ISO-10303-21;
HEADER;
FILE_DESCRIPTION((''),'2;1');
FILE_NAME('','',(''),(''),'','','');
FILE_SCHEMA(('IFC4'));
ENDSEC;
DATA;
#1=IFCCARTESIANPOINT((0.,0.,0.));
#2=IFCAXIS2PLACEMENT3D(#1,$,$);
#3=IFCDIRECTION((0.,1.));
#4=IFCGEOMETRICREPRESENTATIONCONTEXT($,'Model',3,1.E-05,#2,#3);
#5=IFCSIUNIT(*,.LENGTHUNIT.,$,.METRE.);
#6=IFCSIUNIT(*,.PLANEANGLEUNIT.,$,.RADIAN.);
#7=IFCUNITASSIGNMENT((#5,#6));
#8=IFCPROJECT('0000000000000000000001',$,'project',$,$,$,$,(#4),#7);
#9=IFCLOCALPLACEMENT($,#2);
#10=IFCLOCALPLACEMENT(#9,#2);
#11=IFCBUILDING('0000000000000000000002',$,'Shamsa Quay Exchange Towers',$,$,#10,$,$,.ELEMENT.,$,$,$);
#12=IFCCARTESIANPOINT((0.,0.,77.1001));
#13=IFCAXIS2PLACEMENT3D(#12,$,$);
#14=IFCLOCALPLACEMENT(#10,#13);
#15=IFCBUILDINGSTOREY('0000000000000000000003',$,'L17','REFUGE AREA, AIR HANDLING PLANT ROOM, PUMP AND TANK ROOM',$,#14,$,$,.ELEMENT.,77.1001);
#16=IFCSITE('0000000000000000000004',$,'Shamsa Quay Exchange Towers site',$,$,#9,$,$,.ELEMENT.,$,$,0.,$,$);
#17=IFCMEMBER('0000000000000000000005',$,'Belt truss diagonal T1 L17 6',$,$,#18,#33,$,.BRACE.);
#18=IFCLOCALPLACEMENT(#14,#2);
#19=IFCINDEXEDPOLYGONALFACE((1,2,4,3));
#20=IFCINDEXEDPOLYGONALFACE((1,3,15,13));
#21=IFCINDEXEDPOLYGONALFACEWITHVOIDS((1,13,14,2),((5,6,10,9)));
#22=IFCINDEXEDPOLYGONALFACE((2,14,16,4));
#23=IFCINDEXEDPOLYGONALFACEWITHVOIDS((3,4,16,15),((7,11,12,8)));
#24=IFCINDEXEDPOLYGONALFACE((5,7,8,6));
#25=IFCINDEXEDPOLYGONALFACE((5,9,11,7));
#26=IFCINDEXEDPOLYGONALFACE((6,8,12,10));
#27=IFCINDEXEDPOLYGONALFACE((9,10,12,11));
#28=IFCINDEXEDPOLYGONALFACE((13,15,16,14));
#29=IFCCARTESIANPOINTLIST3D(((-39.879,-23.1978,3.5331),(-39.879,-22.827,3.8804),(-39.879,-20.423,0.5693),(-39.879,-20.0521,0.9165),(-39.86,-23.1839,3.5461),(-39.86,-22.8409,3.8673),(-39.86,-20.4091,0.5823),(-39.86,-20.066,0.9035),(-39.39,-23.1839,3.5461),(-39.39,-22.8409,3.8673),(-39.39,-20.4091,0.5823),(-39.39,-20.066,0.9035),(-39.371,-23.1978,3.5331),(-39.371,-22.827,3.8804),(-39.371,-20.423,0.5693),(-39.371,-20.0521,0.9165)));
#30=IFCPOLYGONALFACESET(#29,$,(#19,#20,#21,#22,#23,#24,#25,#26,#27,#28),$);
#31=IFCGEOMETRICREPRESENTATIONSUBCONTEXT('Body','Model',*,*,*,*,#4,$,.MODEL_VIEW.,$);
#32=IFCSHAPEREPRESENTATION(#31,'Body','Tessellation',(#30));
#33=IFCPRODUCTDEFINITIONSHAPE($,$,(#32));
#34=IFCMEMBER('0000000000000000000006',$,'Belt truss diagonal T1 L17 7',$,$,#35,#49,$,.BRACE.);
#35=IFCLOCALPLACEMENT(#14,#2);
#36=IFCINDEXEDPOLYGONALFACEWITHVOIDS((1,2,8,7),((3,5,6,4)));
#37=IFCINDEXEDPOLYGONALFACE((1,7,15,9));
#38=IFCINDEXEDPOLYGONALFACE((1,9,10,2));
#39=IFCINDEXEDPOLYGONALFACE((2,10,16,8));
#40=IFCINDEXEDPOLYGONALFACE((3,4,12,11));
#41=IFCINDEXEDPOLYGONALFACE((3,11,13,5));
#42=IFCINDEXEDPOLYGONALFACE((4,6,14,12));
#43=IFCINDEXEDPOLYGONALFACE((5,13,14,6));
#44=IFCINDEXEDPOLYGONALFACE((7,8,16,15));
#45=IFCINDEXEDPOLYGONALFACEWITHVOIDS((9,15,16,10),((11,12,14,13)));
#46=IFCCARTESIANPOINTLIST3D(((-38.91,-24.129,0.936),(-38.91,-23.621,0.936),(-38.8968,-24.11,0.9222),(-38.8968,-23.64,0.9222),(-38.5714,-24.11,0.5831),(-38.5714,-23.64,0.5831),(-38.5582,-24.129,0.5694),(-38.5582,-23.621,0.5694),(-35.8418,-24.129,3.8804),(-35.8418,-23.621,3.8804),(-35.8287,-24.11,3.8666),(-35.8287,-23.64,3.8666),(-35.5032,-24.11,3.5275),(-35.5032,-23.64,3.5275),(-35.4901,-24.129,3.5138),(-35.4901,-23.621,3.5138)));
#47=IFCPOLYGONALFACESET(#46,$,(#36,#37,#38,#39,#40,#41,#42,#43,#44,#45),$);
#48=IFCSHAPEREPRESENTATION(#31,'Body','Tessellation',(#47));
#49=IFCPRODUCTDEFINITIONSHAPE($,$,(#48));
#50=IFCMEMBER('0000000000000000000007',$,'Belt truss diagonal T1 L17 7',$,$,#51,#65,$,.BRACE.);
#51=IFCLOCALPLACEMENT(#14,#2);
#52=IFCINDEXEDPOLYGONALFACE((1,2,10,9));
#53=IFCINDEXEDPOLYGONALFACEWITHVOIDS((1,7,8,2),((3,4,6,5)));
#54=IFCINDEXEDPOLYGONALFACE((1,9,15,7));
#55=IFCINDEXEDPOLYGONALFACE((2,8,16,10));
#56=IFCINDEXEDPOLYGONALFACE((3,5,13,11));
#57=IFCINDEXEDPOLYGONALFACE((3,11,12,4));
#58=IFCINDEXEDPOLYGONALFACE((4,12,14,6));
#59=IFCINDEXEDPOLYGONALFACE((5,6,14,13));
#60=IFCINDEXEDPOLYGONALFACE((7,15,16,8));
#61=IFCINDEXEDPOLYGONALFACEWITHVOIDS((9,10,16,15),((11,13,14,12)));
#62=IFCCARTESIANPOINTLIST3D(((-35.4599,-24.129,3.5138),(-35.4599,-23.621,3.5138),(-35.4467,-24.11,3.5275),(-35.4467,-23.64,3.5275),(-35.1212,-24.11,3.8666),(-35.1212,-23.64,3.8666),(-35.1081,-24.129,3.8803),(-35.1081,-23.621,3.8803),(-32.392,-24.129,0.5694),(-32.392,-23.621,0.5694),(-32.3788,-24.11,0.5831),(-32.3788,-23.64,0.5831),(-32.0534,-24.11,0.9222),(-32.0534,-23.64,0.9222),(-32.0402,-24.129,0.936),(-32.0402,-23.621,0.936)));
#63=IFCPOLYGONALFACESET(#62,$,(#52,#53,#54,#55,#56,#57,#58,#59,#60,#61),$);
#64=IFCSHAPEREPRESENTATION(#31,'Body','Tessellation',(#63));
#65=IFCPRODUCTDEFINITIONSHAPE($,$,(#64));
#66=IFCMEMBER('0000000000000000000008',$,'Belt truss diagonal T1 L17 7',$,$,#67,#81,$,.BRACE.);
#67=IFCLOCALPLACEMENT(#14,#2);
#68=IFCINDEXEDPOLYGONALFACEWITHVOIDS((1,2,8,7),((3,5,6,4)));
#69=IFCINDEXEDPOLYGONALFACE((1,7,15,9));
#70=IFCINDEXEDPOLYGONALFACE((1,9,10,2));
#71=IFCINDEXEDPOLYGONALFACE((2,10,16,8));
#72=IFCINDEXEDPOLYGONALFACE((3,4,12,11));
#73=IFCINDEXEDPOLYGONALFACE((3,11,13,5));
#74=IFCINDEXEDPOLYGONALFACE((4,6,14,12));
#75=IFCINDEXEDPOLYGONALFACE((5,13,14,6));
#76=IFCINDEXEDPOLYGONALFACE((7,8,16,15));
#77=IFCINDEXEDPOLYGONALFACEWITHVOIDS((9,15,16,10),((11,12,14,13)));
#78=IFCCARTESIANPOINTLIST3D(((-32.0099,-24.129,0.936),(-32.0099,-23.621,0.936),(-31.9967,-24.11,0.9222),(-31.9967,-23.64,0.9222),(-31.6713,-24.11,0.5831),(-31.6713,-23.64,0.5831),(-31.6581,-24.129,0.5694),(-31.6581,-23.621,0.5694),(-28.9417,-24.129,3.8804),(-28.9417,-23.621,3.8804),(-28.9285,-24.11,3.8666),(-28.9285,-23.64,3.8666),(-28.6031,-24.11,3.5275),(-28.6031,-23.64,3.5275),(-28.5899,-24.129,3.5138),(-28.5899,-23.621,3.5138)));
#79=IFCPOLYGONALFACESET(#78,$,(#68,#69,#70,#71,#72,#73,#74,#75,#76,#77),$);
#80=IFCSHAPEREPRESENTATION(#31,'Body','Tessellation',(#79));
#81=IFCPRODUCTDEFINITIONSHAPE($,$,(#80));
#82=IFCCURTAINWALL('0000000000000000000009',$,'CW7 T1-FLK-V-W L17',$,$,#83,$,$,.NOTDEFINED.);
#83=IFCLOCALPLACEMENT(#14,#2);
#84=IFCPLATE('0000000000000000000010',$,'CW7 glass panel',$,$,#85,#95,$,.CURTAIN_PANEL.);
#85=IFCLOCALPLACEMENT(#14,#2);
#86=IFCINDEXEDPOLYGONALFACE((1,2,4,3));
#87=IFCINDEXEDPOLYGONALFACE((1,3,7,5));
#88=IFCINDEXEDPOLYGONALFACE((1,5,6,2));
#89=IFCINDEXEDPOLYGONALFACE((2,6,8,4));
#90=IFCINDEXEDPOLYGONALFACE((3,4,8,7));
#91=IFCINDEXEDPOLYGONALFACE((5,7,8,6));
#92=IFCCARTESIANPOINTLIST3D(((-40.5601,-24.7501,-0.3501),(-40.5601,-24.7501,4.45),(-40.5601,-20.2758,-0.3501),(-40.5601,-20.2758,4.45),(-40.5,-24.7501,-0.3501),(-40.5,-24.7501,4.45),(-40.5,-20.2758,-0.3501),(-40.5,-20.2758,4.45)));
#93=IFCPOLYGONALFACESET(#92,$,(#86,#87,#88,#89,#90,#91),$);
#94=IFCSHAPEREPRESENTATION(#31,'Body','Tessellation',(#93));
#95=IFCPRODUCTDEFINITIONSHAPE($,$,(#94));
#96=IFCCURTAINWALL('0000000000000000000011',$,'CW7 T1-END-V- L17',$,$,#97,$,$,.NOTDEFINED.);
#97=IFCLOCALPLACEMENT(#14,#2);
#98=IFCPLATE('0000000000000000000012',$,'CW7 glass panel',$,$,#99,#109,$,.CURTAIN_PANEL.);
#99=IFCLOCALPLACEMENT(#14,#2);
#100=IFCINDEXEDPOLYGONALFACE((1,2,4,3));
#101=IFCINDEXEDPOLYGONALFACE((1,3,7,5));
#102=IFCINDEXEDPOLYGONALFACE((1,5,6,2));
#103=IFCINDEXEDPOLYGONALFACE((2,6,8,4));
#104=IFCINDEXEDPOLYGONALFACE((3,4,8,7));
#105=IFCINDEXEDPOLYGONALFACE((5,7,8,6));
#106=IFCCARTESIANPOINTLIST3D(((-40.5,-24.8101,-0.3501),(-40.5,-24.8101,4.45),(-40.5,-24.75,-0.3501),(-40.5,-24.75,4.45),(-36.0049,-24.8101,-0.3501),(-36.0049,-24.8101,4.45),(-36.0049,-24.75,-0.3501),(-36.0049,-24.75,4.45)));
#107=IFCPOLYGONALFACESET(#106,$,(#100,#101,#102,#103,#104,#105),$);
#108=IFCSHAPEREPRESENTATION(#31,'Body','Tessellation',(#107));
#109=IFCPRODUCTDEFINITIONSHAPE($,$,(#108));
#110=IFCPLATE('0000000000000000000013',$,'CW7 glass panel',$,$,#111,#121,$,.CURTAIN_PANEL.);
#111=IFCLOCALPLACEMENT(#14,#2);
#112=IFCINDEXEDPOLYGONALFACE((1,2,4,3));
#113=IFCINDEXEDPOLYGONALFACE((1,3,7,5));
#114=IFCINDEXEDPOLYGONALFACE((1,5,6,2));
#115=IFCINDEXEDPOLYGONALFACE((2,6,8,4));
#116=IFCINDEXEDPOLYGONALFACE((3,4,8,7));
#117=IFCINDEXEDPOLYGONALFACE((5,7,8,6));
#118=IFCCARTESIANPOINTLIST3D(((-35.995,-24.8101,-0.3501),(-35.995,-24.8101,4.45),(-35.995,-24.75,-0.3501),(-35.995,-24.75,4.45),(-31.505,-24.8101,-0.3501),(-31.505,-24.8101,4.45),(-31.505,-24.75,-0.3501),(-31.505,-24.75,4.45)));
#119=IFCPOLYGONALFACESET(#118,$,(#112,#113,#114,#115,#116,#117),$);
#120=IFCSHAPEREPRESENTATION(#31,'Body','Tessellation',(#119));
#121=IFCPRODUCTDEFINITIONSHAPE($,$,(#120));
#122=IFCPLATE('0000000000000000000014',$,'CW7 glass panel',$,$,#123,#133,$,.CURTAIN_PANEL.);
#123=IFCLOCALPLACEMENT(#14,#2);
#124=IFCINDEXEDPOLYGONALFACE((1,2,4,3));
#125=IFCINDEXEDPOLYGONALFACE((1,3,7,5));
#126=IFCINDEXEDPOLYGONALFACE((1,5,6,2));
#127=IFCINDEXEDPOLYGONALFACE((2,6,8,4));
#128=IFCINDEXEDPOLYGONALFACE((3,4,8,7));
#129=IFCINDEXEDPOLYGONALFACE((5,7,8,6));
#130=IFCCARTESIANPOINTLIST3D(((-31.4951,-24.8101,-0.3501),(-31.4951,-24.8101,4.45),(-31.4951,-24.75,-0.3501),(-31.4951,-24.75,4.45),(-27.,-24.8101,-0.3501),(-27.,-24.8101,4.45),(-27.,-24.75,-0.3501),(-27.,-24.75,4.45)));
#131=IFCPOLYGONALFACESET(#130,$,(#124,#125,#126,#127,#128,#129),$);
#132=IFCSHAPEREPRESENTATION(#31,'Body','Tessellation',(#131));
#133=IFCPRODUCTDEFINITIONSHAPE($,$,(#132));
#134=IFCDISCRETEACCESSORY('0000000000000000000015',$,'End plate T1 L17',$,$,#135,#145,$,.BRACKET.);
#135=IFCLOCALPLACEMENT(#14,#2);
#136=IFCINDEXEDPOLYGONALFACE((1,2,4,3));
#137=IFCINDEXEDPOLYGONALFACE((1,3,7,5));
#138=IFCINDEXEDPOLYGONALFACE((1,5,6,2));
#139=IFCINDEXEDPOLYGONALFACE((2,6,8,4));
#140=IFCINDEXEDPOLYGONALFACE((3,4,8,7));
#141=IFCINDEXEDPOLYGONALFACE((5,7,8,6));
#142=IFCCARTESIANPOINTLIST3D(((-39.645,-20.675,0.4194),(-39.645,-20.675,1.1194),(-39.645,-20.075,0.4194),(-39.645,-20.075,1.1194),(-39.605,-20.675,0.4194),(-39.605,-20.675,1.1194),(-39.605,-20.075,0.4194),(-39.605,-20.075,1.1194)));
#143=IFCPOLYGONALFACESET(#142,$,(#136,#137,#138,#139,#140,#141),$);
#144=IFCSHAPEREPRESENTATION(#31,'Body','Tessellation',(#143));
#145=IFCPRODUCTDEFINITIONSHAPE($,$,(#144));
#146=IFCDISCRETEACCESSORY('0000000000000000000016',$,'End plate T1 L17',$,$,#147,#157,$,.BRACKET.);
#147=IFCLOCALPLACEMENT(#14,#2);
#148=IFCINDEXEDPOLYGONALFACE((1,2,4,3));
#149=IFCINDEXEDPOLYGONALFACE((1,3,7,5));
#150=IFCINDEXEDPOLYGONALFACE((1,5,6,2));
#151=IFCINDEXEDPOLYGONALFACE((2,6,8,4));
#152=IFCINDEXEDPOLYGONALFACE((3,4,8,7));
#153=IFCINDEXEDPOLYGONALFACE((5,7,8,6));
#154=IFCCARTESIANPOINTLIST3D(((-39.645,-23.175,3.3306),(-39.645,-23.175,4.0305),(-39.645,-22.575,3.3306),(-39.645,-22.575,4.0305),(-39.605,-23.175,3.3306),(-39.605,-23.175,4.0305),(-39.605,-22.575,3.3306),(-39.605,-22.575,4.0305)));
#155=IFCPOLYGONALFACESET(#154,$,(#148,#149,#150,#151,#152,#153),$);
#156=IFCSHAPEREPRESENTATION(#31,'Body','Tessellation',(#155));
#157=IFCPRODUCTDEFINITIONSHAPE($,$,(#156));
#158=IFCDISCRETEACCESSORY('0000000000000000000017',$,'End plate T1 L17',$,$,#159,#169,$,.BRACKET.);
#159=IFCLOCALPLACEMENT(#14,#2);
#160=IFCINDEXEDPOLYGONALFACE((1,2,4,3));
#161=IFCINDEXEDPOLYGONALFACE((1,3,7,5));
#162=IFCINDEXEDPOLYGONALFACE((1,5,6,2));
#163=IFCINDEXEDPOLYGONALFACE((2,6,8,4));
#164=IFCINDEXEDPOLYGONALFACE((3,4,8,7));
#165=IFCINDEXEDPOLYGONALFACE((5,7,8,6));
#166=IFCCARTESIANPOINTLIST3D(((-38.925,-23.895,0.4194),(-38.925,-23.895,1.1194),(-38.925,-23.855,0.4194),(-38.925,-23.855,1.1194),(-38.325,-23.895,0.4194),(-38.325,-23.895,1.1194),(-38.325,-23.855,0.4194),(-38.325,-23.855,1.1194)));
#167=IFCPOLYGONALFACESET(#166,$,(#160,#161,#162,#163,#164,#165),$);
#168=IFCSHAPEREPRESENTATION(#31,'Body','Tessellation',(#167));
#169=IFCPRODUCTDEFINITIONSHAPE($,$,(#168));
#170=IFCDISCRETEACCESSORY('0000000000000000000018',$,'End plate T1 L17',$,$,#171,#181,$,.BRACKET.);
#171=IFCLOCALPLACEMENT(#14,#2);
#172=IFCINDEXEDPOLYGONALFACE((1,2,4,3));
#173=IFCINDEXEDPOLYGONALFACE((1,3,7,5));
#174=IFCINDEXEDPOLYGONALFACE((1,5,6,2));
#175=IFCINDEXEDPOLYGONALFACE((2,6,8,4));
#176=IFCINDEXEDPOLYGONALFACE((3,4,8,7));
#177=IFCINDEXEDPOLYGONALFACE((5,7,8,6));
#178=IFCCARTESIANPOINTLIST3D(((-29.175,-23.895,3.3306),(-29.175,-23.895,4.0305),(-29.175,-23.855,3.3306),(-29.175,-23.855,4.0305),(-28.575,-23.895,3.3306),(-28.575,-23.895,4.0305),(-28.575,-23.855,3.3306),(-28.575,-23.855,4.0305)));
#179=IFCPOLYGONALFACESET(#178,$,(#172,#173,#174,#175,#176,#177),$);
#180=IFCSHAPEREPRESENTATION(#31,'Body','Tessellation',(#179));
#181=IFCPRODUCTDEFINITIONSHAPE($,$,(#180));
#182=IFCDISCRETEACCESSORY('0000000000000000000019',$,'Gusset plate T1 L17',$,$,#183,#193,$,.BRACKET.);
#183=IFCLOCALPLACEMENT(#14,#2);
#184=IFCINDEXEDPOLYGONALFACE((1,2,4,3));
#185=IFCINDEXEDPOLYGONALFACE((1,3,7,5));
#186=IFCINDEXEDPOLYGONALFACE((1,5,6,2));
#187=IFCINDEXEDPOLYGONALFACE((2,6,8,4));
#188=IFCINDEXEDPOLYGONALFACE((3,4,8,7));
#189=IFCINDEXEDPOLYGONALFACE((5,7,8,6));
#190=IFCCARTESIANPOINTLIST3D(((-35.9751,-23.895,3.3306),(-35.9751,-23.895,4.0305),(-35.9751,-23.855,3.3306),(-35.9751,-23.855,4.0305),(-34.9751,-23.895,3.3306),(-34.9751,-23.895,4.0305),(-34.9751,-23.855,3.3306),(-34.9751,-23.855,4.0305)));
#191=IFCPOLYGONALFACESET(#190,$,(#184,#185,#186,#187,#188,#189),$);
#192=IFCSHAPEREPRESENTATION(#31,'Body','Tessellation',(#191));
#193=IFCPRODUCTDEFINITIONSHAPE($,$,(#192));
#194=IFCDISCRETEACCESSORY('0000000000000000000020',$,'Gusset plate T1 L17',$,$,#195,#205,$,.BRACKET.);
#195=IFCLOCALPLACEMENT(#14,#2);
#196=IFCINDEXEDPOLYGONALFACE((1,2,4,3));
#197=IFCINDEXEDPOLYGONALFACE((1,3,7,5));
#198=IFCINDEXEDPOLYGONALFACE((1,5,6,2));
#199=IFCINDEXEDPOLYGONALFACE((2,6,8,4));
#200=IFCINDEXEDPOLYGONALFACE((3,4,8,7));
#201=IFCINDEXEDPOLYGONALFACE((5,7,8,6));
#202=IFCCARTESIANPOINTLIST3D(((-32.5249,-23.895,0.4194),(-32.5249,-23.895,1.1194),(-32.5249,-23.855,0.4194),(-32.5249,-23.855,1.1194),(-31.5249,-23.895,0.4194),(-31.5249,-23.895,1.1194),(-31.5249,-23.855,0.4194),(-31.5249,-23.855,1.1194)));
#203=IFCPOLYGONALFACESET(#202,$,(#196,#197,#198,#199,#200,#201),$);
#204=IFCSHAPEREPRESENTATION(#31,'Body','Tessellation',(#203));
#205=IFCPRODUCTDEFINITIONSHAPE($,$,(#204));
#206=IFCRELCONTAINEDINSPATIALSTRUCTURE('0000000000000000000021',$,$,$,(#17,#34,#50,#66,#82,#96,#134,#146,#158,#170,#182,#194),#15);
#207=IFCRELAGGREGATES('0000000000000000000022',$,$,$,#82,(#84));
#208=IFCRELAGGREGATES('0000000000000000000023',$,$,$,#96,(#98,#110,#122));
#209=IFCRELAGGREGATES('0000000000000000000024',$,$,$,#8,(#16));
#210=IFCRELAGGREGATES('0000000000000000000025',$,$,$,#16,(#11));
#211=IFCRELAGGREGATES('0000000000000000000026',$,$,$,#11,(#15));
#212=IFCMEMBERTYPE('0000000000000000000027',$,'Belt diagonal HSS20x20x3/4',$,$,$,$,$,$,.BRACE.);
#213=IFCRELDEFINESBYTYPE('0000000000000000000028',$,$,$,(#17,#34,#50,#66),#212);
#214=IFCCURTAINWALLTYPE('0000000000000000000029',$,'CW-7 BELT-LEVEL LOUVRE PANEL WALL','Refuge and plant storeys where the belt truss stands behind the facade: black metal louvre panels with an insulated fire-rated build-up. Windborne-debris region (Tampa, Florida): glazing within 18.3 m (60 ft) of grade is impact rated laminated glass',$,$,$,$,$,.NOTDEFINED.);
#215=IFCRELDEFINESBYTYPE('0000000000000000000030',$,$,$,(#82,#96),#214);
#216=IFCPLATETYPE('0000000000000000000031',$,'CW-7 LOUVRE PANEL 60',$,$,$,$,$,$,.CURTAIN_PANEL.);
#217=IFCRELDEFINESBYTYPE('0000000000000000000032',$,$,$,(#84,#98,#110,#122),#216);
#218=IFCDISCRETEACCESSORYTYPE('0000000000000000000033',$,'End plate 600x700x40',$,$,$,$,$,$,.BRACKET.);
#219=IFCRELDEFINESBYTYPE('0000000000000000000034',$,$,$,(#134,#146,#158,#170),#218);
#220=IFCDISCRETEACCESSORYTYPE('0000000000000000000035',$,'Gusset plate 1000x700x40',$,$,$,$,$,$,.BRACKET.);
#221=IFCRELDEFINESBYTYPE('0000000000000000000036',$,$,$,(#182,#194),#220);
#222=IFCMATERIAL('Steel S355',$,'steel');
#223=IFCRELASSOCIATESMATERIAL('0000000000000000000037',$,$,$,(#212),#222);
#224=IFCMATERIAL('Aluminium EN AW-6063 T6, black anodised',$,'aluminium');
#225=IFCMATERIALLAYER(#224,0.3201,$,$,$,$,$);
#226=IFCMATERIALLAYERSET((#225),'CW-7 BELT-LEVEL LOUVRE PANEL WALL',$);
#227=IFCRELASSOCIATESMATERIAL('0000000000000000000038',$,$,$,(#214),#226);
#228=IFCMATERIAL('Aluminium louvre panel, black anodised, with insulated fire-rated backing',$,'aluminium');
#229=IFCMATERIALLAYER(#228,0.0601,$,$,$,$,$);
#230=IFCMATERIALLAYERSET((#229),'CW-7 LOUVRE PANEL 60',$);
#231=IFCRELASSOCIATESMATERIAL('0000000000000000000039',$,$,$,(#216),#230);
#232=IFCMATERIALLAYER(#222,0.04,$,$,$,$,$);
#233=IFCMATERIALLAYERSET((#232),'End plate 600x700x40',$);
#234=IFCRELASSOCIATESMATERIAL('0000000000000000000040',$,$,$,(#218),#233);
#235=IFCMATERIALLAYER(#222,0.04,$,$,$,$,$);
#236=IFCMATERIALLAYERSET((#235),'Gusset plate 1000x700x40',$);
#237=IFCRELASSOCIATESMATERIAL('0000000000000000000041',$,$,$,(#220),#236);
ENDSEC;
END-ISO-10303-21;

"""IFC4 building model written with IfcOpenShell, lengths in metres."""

from ifc_helpers import new_model, si_unit, direction, frame, origin, origin_2d, place, context, subcontext, project, spatial, rectangle, hollow_rectangle, extrude, material, layer, layer_set, material_profile, profile_set, type_object, element, aggregate, save


model = new_model("IFC4")

# Units and contexts
model_context = context("Model", 3, precision=1e-05, world=origin(), true_north=direction((0.0, 1.0)))
body_context = subcontext(model_context, "Body", "Model", "MODEL_VIEW")
ifc_project = project(units=[si_unit("LENGTHUNIT", "METRE"), si_unit("PLANEANGLEUNIT", "RADIAN")], contexts=[model_context])

# Site, building, storey
site_placement = place(None, origin())
site = spatial("IfcSite", under=ifc_project, at=site_placement, Name="Shamsa Quay Exchange Towers site", CompositionType="ELEMENT", RefElevation=0.0)
building_placement = place(site_placement, origin())
building = spatial("IfcBuilding", under=site, at=building_placement, Name="Shamsa Quay Exchange Towers", CompositionType="ELEMENT")
storey_placement = place(building_placement, frame((0.0, 0.0, 77.1001)))
storey = spatial("IfcBuildingStorey", under=building, at=storey_placement, Name="L17", Description="REFUGE AREA, AIR HANDLING PLANT ROOM, PUMP AND TANK ROOM", CompositionType="ELEMENT", Elevation=77.1001)

# Members
ifc_material_1 = material(Name="Steel S355", Category="steel")
ifc_material_profile_1 = material_profile(ifc_material_1, hollow_rectangle(XDim=0.5081, YDim=0.5081, WallThickness=0.019, at=origin_2d()), Name="HSS20x20x3/4")
ifc_profile_set_1 = profile_set([ifc_material_profile_1], Name="Steel S355")
member_type_1 = type_object("IfcMemberType", Name="Belt diagonal HSS20x20x3/4", PredefinedType="BRACE", material=ifc_profile_set_1)
member_1_placement = place(storey_placement, frame((-39.625, -20.2375, 0.7429), z_axis=(0.0, -0.683453, 0.729995), x_axis=(1.0, 0.0, 0.0)))
element("IfcMember", 1, at=member_1_placement, inside=storey, type_object=member_type_1, Name="Belt truss diagonal T1 L17 6", PredefinedType="BRACE", context=body_context, shape_type="SweptSolid", body=[
    extrude(hollow_rectangle(XDim=0.5081, YDim=0.5081, WallThickness=0.019, at=origin_2d()), origin(), (0.0, 0.0, 1.0), 4.0601),
])
member_2_placement = place(storey_placement, frame((-38.7341, -23.875, 0.7527), z_axis=(0.721511, 0.0, 0.692403), x_axis=(0.0, 1.0, 0.0)))
element("IfcMember", 2, at=member_2_placement, inside=storey, type_object=member_type_1, Name="Belt truss diagonal T1 L17 7", PredefinedType="BRACE", context=body_context, shape_type="SweptSolid", body=[
    extrude(hollow_rectangle(XDim=0.5081, YDim=0.5081, WallThickness=0.019, at=origin_2d()), origin(), (0.0, 0.0, 1.0), 4.2524),
])
member_3_placement = place(storey_placement, frame((-32.2161, -23.875, 0.7527), z_axis=(-0.721484, 0.0, 0.692431), x_axis=(0.0, -1.0, 0.0)))
element("IfcMember", 3, at=member_3_placement, inside=storey, type_object=member_type_1, Name="Belt truss diagonal T1 L17 7", PredefinedType="BRACE", context=body_context, shape_type="SweptSolid", body=[
    extrude(hollow_rectangle(XDim=0.5081, YDim=0.5081, WallThickness=0.019, at=origin_2d()), origin(), (0.0, 0.0, 1.0), 4.2522),
])
member_4_placement = place(storey_placement, frame((-31.834, -23.875, 0.7527), z_axis=(0.721511, 0.0, 0.692403), x_axis=(0.0, 1.0, 0.0)))
element("IfcMember", 4, at=member_4_placement, inside=storey, type_object=member_type_1, Name="Belt truss diagonal T1 L17 7", PredefinedType="BRACE", context=body_context, shape_type="SweptSolid", body=[
    extrude(hollow_rectangle(XDim=0.5081, YDim=0.5081, WallThickness=0.019, at=origin_2d()), origin(), (0.0, 0.0, 1.0), 4.2524),
])

# Curtain wall, plate
ifc_material_2 = material(Name="Aluminium EN AW-6063 T6, black anodised", Category="aluminium")
ifc_layer_1 = layer(ifc_material_2, 0.3201)
ifc_layer_set_1 = layer_set([ifc_layer_1], Name="CW-7 BELT-LEVEL LOUVRE PANEL WALL")
curtain_wall_type = type_object("IfcCurtainWallType", Name="CW-7 BELT-LEVEL LOUVRE PANEL WALL", Description="Refuge and plant storeys where the belt truss stands behind the facade: black metal louvre panels with an insulated fire-rated build-up. Windborne-debris region (Tampa, Florida): glazing within 18.3 m (60 ft) of grade is impact rated laminated glass", PredefinedType="NOTDEFINED", material=ifc_layer_set_1)
curtain_wall_1_placement = place(storey_placement, origin())
curtain_wall_1 = element("IfcCurtainWall", 5, at=curtain_wall_1_placement, inside=storey, type_object=curtain_wall_type, Name="CW7 T1-FLK-V-W L17", PredefinedType="NOTDEFINED")
ifc_material_3 = material(Name="Aluminium louvre panel, black anodised, with insulated fire-rated backing", Category="aluminium")
ifc_layer_2 = layer(ifc_material_3, 0.0601)
ifc_layer_set_2 = layer_set([ifc_layer_2], Name="CW-7 LOUVRE PANEL 60")
plate_type = type_object("IfcPlateType", Name="CW-7 LOUVRE PANEL 60", PredefinedType="CURTAIN_PANEL", material=ifc_layer_set_2)
plate_1_placement = place(storey_placement, frame((-40.53, -22.5129, -0.3501), z_axis=(0.0, 0.0, 1.0), x_axis=(0.0, -1.0, 0.0)))
plate_1 = element("IfcPlate", 6, at=plate_1_placement, type_object=plate_type, Name="CW7 glass panel", PredefinedType="CURTAIN_PANEL", context=body_context, shape_type="SweptSolid", body=[
    extrude(rectangle(XDim=4.4744, YDim=0.0601, at=origin_2d()), origin(), (0.0, 0.0, 1.0), 4.8),
])
aggregate(curtain_wall_1, [plate_1])

# Curtain wall, plates
curtain_wall_2_placement = place(storey_placement, origin())
curtain_wall_2 = element("IfcCurtainWall", 7, at=curtain_wall_2_placement, inside=storey, type_object=curtain_wall_type, Name="CW7 T1-END-V- L17", PredefinedType="NOTDEFINED")
plate_2_placement = place(storey_placement, frame((-38.2524, -24.78, -0.3501)))
plate_2 = element("IfcPlate", 8, at=plate_2_placement, type_object=plate_type, Name="CW7 glass panel", PredefinedType="CURTAIN_PANEL", context=body_context, shape_type="SweptSolid", body=[
    extrude(rectangle(XDim=4.4951, YDim=0.0601, at=origin_2d()), origin(), (0.0, 0.0, 1.0), 4.8),
])
plate_3_placement = place(storey_placement, frame((-33.75, -24.78, -0.3501)))
plate_3 = element("IfcPlate", 9, at=plate_3_placement, type_object=plate_type, Name="CW7 glass panel", PredefinedType="CURTAIN_PANEL", context=body_context, shape_type="SweptSolid", body=[
    extrude(rectangle(XDim=4.49, YDim=0.0601, at=origin_2d()), origin(), (0.0, 0.0, 1.0), 4.8),
])
plate_4_placement = place(storey_placement, frame((-29.2476, -24.78, -0.3501)))
plate_4 = element("IfcPlate", 10, at=plate_4_placement, type_object=plate_type, Name="CW7 glass panel", PredefinedType="CURTAIN_PANEL", context=body_context, shape_type="SweptSolid", body=[
    extrude(rectangle(XDim=4.4951, YDim=0.0601, at=origin_2d()), origin(), (0.0, 0.0, 1.0), 4.8),
])
aggregate(curtain_wall_2, [plate_2, plate_3, plate_4])

# Discrete accessories
ifc_layer_3 = layer(ifc_material_1, 0.04)
ifc_layer_set_3 = layer_set([ifc_layer_3], Name="End plate 600x700x40")
discrete_accessory_type_1 = type_object("IfcDiscreteAccessoryType", Name="End plate 600x700x40", PredefinedType="BRACKET", material=ifc_layer_set_3)
for number, where, z_axis, x_axis, name in (
    (11, (-39.625, -20.375, 0.4194), (0.0, 0.0, 1.0), (0.0, -1.0, 0.0), "End plate T1 L17"),
    (12, (-39.625, -22.875, 3.3306), (0.0, 0.0, 1.0), (0.0, -1.0, 0.0), "End plate T1 L17"),
):
    element("IfcDiscreteAccessory", number, at=place(storey_placement, frame(where, z_axis=z_axis, x_axis=x_axis)), inside=storey, type_object=discrete_accessory_type_1, Name=name, PredefinedType="BRACKET", context=body_context, shape_type="SweptSolid", body=[
        extrude(rectangle(XDim=0.6001, YDim=0.04, at=origin_2d()), origin(), (0.0, 0.0, 1.0), 0.7),
    ])
for number, where, name in (
    (13, (-38.625, -23.875, 0.4194), "End plate T1 L17"),
    (14, (-28.875, -23.875, 3.3306), "End plate T1 L17"),
):
    element("IfcDiscreteAccessory", number, at=place(storey_placement, frame(where)), inside=storey, type_object=discrete_accessory_type_1, Name=name, PredefinedType="BRACKET", context=body_context, shape_type="SweptSolid", body=[
        extrude(rectangle(XDim=0.6001, YDim=0.04, at=origin_2d()), origin(), (0.0, 0.0, 1.0), 0.7),
    ])
ifc_layer_4 = layer(ifc_material_1, 0.04)
ifc_layer_set_4 = layer_set([ifc_layer_4], Name="Gusset plate 1000x700x40")
discrete_accessory_type_2 = type_object("IfcDiscreteAccessoryType", Name="Gusset plate 1000x700x40", PredefinedType="BRACKET", material=ifc_layer_set_4)
for number, where, name in (
    (15, (-35.4751, -23.875, 3.3306), "Gusset plate T1 L17"),
    (16, (-32.0249, -23.875, 0.4194), "Gusset plate T1 L17"),
):
    element("IfcDiscreteAccessory", number, at=place(storey_placement, frame(where)), inside=storey, type_object=discrete_accessory_type_2, Name=name, PredefinedType="BRACKET", context=body_context, shape_type="SweptSolid", body=[
        extrude(rectangle(XDim=1.0, YDim=0.04, at=origin_2d()), origin(), (0.0, 0.0, 1.0), 0.7),
    ])

save(model, "model.ifc")
